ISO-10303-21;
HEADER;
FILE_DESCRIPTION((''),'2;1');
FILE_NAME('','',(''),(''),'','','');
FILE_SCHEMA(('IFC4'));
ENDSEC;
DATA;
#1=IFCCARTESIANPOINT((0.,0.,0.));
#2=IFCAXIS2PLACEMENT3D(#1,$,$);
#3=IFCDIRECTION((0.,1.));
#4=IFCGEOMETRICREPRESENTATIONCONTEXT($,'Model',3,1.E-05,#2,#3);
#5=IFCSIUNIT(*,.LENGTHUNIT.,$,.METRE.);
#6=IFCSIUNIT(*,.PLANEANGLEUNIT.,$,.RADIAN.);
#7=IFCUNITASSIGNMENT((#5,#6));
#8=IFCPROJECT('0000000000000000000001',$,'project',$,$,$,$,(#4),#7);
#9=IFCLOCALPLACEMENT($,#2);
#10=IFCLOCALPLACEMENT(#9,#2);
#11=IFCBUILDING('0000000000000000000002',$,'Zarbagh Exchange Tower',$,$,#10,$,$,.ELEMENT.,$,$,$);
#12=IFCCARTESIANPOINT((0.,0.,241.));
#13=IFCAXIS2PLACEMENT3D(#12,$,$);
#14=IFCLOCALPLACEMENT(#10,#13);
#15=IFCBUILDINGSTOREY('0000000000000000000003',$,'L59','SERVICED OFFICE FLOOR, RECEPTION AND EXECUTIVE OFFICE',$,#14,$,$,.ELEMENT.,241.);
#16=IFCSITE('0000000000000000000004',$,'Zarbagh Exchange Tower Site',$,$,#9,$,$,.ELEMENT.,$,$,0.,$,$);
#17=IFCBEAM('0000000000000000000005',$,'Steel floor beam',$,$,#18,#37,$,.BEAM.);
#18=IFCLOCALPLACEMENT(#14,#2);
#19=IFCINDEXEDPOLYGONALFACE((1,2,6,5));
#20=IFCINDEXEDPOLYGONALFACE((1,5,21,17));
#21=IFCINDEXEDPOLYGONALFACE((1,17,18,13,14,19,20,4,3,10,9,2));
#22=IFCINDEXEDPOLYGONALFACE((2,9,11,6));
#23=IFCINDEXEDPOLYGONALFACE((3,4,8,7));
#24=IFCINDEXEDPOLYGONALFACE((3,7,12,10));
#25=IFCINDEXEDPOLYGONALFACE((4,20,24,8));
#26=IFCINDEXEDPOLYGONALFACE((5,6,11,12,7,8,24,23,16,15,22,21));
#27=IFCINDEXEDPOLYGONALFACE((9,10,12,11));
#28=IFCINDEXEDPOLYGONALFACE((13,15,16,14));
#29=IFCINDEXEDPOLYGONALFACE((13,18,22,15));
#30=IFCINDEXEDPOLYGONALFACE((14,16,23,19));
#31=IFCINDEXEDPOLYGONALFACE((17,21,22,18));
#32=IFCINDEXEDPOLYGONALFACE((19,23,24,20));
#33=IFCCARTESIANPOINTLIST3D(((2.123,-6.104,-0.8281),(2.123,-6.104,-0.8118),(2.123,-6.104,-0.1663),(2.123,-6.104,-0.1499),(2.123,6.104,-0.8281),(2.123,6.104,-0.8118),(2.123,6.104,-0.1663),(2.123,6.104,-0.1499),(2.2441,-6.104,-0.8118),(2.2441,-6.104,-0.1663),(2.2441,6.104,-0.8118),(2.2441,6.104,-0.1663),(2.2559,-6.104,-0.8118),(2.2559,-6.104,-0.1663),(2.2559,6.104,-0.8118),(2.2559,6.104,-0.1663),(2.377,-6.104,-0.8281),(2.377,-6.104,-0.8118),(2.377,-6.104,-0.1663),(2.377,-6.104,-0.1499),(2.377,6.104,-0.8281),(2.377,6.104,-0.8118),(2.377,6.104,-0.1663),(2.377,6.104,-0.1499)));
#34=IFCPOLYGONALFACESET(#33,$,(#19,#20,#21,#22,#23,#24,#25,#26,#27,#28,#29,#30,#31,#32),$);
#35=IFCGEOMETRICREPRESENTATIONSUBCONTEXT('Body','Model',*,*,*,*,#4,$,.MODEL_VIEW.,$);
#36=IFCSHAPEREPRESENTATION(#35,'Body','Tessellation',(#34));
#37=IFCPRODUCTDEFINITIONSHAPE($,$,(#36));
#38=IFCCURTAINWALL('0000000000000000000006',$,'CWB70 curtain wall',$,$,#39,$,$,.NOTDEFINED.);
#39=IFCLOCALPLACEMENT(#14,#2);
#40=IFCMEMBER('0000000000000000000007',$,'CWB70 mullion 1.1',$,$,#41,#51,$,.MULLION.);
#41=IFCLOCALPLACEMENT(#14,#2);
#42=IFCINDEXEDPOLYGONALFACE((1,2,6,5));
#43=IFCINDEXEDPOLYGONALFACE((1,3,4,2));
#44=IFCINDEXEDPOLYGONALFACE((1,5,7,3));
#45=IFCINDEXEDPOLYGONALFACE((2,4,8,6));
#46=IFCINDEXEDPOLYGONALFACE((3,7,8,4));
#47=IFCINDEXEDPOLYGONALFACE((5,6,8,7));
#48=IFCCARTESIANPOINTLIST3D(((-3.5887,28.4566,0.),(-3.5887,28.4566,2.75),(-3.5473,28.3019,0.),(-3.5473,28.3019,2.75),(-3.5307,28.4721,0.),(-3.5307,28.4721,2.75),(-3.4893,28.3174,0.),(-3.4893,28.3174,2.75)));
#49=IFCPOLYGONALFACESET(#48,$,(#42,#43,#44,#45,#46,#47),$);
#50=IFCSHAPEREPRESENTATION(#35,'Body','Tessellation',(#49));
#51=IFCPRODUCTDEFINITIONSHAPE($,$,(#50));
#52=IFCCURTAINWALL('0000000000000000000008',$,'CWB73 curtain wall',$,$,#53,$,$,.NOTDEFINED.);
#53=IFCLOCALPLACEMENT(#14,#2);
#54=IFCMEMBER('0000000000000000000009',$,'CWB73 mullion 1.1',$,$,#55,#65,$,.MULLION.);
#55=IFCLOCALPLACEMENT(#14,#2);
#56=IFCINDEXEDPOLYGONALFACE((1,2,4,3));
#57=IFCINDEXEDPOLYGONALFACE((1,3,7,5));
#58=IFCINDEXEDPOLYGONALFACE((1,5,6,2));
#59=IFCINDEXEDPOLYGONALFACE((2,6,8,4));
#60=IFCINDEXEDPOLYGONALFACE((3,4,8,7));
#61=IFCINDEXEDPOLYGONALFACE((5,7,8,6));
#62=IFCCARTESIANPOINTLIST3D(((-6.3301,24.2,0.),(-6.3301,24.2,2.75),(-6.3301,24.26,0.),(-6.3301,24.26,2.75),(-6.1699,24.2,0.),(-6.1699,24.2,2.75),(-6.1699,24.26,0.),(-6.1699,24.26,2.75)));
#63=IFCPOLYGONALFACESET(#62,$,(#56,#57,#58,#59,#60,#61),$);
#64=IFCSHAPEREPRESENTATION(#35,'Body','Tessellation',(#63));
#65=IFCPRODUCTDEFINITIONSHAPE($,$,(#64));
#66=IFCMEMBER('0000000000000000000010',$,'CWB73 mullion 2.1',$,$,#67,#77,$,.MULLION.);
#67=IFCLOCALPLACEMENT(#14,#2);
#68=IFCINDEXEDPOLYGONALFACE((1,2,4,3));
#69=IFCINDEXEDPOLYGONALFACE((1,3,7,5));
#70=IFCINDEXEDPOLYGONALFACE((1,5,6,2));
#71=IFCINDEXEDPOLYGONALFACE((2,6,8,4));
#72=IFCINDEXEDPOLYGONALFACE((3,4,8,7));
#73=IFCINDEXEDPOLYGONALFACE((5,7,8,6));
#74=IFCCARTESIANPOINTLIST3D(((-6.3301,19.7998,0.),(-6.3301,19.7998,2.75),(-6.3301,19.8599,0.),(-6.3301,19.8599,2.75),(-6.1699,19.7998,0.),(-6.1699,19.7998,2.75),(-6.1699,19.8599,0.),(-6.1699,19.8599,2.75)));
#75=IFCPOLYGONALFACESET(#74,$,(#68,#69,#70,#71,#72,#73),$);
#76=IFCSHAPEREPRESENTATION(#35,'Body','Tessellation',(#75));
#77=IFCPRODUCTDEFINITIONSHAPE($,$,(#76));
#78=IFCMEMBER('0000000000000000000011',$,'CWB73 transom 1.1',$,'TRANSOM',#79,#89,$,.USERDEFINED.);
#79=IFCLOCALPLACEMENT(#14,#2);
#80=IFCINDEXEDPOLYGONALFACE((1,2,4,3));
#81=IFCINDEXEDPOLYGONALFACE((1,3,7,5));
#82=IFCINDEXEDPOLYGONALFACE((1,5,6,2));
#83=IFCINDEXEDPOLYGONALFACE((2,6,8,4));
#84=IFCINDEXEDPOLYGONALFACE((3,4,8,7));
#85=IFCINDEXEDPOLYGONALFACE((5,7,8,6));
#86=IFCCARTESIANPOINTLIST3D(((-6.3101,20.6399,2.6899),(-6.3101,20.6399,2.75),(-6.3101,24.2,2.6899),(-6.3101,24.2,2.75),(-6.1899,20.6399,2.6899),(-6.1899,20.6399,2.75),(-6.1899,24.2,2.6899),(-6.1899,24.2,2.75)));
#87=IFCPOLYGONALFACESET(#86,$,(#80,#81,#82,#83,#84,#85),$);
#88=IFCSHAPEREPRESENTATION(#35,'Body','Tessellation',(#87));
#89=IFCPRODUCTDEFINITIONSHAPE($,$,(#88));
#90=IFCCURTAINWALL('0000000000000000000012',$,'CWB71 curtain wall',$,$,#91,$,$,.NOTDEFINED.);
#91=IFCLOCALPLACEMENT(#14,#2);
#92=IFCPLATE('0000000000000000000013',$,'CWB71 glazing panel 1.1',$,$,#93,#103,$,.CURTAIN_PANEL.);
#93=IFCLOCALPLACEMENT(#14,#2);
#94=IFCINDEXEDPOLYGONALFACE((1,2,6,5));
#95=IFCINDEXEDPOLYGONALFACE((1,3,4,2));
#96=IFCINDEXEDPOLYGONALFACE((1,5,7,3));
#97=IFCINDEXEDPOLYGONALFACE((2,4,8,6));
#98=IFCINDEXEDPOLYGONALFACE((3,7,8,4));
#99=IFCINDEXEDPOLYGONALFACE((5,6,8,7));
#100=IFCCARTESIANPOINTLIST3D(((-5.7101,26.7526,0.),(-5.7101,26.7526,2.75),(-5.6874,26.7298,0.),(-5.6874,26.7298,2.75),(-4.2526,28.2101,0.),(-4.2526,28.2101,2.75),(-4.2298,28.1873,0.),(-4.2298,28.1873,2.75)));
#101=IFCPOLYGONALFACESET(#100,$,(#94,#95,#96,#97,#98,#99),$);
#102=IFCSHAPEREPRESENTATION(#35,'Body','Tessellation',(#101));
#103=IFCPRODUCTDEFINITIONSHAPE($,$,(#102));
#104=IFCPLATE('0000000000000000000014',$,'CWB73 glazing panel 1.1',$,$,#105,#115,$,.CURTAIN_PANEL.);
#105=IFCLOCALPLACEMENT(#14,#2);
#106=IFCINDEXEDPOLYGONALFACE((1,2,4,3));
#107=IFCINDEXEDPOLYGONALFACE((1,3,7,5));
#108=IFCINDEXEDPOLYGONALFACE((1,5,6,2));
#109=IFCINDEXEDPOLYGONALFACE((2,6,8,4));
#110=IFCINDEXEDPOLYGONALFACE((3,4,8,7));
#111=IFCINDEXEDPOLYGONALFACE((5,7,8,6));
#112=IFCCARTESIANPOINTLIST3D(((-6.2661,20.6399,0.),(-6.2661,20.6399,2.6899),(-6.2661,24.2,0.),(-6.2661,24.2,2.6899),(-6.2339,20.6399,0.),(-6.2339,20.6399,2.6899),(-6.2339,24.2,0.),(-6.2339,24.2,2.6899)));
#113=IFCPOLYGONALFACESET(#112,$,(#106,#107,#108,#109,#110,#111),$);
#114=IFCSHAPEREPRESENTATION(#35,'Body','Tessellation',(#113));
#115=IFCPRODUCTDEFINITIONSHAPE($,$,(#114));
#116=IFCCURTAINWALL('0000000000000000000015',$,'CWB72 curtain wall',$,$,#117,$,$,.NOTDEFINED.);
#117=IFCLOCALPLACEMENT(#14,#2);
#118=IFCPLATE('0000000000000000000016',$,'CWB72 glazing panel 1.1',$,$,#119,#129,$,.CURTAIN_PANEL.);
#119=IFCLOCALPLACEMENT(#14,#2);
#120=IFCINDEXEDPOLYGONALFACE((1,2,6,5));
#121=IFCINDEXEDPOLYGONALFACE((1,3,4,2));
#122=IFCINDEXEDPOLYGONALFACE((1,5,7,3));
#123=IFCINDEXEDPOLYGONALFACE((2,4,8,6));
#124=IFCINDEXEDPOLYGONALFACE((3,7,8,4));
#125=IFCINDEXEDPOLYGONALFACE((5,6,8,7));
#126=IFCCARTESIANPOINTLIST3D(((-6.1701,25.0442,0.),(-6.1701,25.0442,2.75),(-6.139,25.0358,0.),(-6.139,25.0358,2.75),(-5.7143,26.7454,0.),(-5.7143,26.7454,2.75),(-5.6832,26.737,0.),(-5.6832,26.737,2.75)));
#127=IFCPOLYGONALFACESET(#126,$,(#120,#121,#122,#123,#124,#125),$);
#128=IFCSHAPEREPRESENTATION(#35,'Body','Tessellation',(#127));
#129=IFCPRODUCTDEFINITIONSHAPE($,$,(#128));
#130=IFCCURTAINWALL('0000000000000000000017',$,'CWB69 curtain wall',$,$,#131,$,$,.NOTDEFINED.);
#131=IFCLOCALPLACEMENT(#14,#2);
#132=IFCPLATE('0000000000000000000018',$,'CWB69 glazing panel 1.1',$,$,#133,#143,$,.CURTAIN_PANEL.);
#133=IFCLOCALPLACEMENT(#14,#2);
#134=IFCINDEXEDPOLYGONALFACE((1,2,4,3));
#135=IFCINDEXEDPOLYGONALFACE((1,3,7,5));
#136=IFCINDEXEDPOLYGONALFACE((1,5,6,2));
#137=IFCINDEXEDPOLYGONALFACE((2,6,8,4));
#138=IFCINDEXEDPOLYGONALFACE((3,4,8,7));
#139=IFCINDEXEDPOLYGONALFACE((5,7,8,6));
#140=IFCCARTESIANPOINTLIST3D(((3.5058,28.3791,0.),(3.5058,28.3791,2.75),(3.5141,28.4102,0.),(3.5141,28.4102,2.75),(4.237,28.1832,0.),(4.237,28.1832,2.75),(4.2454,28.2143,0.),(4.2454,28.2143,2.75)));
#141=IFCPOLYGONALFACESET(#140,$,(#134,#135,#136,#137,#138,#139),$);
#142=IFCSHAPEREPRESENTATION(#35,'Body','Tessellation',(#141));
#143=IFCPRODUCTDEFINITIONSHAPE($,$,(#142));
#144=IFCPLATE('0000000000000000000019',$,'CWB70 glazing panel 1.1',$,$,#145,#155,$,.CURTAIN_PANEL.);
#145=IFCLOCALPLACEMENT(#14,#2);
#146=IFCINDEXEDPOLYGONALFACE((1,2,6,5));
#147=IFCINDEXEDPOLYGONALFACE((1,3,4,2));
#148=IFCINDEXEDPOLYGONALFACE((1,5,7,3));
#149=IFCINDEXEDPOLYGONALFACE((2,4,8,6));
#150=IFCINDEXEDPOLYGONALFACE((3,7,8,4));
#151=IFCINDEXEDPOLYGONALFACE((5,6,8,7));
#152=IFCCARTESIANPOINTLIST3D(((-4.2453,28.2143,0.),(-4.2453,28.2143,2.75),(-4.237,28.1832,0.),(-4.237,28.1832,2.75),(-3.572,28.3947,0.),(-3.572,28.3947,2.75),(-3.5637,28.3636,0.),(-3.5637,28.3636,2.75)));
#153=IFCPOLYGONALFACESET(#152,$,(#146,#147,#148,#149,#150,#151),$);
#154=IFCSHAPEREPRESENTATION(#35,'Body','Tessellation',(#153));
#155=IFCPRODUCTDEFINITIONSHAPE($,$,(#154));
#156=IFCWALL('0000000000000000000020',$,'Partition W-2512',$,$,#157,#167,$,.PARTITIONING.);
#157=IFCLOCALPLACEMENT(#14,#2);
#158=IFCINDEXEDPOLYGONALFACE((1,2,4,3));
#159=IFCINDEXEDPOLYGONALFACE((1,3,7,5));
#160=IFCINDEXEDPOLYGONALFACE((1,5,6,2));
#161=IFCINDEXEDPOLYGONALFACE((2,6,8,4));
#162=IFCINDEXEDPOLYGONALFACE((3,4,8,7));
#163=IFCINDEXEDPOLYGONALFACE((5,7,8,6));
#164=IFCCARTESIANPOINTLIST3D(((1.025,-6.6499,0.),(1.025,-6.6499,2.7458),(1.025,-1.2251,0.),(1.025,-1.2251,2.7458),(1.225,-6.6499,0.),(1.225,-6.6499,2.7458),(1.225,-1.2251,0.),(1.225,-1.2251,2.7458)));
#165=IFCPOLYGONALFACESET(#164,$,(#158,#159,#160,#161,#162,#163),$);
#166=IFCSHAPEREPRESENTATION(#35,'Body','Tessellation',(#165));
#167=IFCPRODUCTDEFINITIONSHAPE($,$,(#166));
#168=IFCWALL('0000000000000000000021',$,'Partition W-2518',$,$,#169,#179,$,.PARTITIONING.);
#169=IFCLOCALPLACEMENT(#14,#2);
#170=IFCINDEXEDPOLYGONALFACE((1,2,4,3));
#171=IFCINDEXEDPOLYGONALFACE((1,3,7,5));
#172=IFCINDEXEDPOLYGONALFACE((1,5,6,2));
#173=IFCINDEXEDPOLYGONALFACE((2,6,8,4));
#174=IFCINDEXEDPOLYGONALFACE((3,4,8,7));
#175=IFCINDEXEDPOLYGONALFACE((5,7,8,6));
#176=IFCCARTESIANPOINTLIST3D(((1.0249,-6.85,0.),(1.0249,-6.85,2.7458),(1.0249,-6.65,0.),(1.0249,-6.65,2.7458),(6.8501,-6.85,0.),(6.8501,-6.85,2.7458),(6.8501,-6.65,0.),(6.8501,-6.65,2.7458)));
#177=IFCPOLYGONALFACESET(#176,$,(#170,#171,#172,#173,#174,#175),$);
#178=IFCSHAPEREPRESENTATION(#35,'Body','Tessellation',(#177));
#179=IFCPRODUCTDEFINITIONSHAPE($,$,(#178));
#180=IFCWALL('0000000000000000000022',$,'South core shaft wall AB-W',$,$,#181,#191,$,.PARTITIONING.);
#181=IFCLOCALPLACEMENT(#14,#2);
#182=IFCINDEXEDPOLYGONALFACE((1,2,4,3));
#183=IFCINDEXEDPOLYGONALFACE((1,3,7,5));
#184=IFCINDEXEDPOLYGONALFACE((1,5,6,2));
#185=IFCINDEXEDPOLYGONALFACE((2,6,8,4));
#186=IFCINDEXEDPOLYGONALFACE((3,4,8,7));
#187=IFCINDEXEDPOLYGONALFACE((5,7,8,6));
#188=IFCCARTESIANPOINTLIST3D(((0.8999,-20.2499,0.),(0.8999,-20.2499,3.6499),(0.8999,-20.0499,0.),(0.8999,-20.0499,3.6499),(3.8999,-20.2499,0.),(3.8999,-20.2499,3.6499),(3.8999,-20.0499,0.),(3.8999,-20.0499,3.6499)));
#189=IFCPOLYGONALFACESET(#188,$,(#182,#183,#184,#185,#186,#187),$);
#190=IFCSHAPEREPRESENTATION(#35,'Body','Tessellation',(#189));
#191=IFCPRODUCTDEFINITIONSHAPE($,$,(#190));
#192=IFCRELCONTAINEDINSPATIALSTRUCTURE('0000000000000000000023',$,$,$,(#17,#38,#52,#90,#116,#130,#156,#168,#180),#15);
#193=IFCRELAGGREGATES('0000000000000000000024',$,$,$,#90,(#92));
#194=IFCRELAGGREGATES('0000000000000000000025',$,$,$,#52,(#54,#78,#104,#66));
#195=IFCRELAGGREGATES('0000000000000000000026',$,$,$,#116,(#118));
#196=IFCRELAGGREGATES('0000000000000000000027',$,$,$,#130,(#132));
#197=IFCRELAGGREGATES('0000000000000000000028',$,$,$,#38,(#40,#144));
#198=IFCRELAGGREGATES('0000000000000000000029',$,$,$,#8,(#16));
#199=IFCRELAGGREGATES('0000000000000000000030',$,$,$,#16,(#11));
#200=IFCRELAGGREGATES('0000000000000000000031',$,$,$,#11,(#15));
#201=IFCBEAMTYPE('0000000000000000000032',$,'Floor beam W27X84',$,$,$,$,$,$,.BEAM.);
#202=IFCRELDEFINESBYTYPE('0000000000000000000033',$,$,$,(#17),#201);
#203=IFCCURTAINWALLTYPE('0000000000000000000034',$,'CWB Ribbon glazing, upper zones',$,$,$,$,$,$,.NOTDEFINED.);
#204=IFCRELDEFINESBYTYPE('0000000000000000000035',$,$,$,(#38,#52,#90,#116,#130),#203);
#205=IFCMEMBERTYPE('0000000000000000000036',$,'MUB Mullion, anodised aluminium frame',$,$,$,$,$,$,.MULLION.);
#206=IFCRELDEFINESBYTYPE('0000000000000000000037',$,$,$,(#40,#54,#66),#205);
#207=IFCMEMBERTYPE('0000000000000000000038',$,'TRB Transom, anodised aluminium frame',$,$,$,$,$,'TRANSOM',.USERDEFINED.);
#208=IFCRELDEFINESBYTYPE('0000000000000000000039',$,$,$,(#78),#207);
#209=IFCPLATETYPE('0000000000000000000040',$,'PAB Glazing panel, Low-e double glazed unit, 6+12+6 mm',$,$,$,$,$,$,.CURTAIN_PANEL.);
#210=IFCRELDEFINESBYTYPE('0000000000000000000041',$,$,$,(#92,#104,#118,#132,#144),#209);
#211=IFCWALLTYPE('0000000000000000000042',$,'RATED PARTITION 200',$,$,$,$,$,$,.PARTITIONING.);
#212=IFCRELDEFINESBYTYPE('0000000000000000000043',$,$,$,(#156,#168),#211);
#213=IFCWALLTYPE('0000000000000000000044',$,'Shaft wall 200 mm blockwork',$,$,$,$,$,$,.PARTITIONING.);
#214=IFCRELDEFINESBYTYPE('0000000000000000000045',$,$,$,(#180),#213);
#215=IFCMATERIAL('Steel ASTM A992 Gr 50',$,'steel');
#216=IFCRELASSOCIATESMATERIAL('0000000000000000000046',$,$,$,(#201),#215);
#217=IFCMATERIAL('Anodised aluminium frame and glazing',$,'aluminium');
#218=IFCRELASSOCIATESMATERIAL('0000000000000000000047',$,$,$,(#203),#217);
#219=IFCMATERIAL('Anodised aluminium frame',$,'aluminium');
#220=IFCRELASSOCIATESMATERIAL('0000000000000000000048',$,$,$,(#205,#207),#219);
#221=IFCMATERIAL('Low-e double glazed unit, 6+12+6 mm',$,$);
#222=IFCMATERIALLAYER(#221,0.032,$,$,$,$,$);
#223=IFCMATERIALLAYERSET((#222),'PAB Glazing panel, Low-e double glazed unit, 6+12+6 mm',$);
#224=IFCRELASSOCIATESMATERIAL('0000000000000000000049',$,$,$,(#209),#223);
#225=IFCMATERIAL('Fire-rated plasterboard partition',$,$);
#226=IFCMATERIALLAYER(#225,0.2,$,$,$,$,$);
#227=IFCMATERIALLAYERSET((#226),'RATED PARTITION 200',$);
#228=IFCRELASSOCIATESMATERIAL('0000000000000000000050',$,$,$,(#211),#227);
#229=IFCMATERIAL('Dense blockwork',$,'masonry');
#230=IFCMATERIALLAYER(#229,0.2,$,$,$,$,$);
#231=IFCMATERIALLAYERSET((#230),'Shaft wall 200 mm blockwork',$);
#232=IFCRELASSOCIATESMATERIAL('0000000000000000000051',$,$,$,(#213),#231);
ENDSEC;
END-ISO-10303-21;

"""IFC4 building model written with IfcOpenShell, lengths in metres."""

from ifc_helpers import new_model, si_unit, direction, frame, frame_2d, origin, origin_2d, place, context, subcontext, project, spatial, polyline, rectangle, i_section, outline, extrude, source, transform, mapped, material, layer, layer_set, material_profile, profile_set, type_object, element, aggregate, save


model = new_model("IFC4")

# Units and contexts
model_context = context("Model", 3, precision=1e-05, world=origin(), true_north=direction((0.0, 1.0)))
body_context = subcontext(model_context, "Body", "Model", "MODEL_VIEW")
ifc_project = project(units=[si_unit("LENGTHUNIT", "METRE"), si_unit("PLANEANGLEUNIT", "RADIAN")], contexts=[model_context])

# Site, building, storey
site_placement = place(None, origin())
site = spatial("IfcSite", under=ifc_project, at=site_placement, Name="Zarbagh Exchange Tower Site", CompositionType="ELEMENT", RefElevation=0.0)
building_placement = place(site_placement, origin())
building = spatial("IfcBuilding", under=site, at=building_placement, Name="Zarbagh Exchange Tower", CompositionType="ELEMENT")
storey_placement = place(building_placement, frame((0.0, 0.0, 241.0)))
storey = spatial("IfcBuildingStorey", under=building, at=storey_placement, Name="L59", Description="SERVICED OFFICE FLOOR, RECEPTION AND EXECUTIVE OFFICE", CompositionType="ELEMENT", Elevation=241.0)

# Beam
ifc_material_1 = material(Name="Steel ASTM A992 Gr 50", Category="steel")
ifc_material_profile = material_profile(ifc_material_1, i_section(OverallWidth=0.2539, OverallDepth=0.6782, WebThickness=0.0117, FlangeThickness=0.0164, at=origin_2d()), Name="W27X84")
ifc_profile_set = profile_set([ifc_material_profile], Name="Steel ASTM A992 Gr 50")
beam_type = type_object("IfcBeamType", Name="Floor beam W27X84", PredefinedType="BEAM", material=ifc_profile_set)
beam_placement = place(storey_placement, frame((2.25, -6.104, -0.489), z_axis=(0.0, 1.0, 0.0), x_axis=(-1.0, 0.0, 0.0)))
element("IfcBeam", 1, at=beam_placement, inside=storey, type_object=beam_type, Name="Steel floor beam", PredefinedType="BEAM", context=body_context, shape_type="SweptSolid", body=[
    extrude(i_section(OverallWidth=0.2539, OverallDepth=0.6782, WebThickness=0.0117, FlangeThickness=0.0164, at=origin_2d()), origin(), (0.0, 0.0, 1.0), 12.208),
])

# Curtain wall, member
ifc_material_2 = material(Name="Anodised aluminium frame and glazing", Category="aluminium")
curtain_wall_type = type_object("IfcCurtainWallType", Name="CWB Ribbon glazing, upper zones", PredefinedType="NOTDEFINED", material=ifc_material_2)
curtain_wall_1_placement = place(storey_placement, origin())
curtain_wall_1 = element("IfcCurtainWall", 2, at=curtain_wall_1_placement, inside=storey, type_object=curtain_wall_type, Name="CWB70 curtain wall", PredefinedType="NOTDEFINED")
ifc_material_3 = material(Name="Anodised aluminium frame", Category="aluminium")
member_type_1 = type_object("IfcMemberType", Name="MUB Mullion, anodised aluminium frame", PredefinedType="MULLION", material=ifc_material_3)
shared_shape_1 = source(origin(), body_context, "Body", "SweptSolid", [
    extrude(outline(polyline([(0.0, -0.0801), (0.0601, -0.0801), (0.0601, 0.0801), (0.0, 0.0801), (0.0, -0.0801)])), origin(), (0.0, 0.0, 1.0), 2.75),
])
placement = place(storey_placement, origin())
member_1 = element("IfcMember", 3, at=placement, type_object=member_type_1, Name="CWB70 mullion 1.1", PredefinedType="MULLION", context=body_context, shape_type="MappedRepresentation", body=[
    mapped(shared_shape_1, transform((-3.51, 28.3948, 0.0), x_axis=(-0.965924, -0.258825, 0.0), y_axis=(0.258825, -0.965924, 0.0), z_axis=(0.0, 0.0, 1.0))),
])

# Curtain wall, members
curtain_wall_2_placement = place(storey_placement, origin())
curtain_wall_2 = element("IfcCurtainWall", 4, at=curtain_wall_2_placement, inside=storey, type_object=curtain_wall_type, Name="CWB73 curtain wall", PredefinedType="NOTDEFINED")
member_2 = element("IfcMember", 5, at=placement, type_object=member_type_1, Name="CWB73 mullion 1.1", PredefinedType="MULLION", context=body_context, shape_type="MappedRepresentation", body=[
    mapped(shared_shape_1, transform((-6.25, 24.26, 0.0), x_axis=(0.0, -1.0, 0.0), y_axis=(1.0, 0.0, 0.0), z_axis=(0.0, 0.0, 1.0))),
])
member_3 = element("IfcMember", 6, at=placement, type_object=member_type_1, Name="CWB73 mullion 2.1", PredefinedType="MULLION", context=body_context, shape_type="MappedRepresentation", body=[
    mapped(shared_shape_1, transform((-6.25, 19.8599, 0.0), x_axis=(0.0, -1.0, 0.0), y_axis=(1.0, 0.0, 0.0), z_axis=(0.0, 0.0, 1.0))),
])
member_type_2 = type_object("IfcMemberType", Name="TRB Transom, anodised aluminium frame", ElementType="TRANSOM", PredefinedType="USERDEFINED", material=ifc_material_3)
shared_shape_2 = source(origin(), body_context, "Body", "SweptSolid", [
    extrude(outline(polyline([(-0.0601, -0.0601), (0.0, -0.0601), (0.0, 0.0601), (-0.0601, 0.0601), (-0.0601, -0.0601)])), origin(), (0.0, 0.0, 1.0), 3.5601),
])
member_4 = element("IfcMember", 7, at=placement, type_object=member_type_2, Name="CWB73 transom 1.1", ObjectType="TRANSOM", PredefinedType="USERDEFINED", context=body_context, shape_type="MappedRepresentation", body=[
    mapped(shared_shape_2, transform((-6.25, 24.2, 2.75), x_axis=(0.0, 0.0, 1.0), y_axis=(-1.0, 0.0, 0.0), z_axis=(0.0, -1.0, 0.0))),
])

# Curtain wall, plate
curtain_wall_3_placement = place(storey_placement, origin())
curtain_wall_3 = element("IfcCurtainWall", 8, at=curtain_wall_3_placement, inside=storey, type_object=curtain_wall_type, Name="CWB71 curtain wall", PredefinedType="NOTDEFINED")
ifc_material_4 = material(Name="Low-e double glazed unit, 6+12+6 mm")
ifc_layer_1 = layer(ifc_material_4, 0.032)
ifc_layer_set_1 = layer_set([ifc_layer_1], Name="PAB Glazing panel, Low-e double glazed unit, 6+12+6 mm")
plate_type = type_object("IfcPlateType", Name="PAB Glazing panel, Low-e double glazed unit, 6+12+6 mm", PredefinedType="CURTAIN_PANEL", material=ifc_layer_set_1)
shared_shape_3 = source(origin(), body_context, "Body", "SweptSolid", [
    extrude(outline(polyline([(0.0, -0.0161), (2.0613, -0.0161), (2.0613, 0.0161), (0.0, 0.0161), (0.0, -0.0161)])), origin(), (0.0, 0.0, 1.0), 2.75),
])
plate_1 = element("IfcPlate", 9, at=placement, type_object=plate_type, Name="CWB71 glazing panel 1.1", PredefinedType="CURTAIN_PANEL", context=body_context, shape_type="MappedRepresentation", body=[
    mapped(shared_shape_3, transform((-4.2412, 28.1987, 0.0), x_axis=(-0.707107, -0.707107, 0.0), y_axis=(0.707107, -0.707107, 0.0), z_axis=(0.0, 0.0, 1.0))),
])
aggregate(curtain_wall_3, [plate_1])

# Plate
shared_shape_4 = source(origin(), body_context, "Body", "SweptSolid", [
    extrude(outline(polyline([(0.0, -0.0161), (3.5601, -0.0161), (3.5601, 0.0161), (0.0, 0.0161), (0.0, -0.0161)])), origin(), (0.0, 0.0, 1.0), 2.6899),
])
plate_2 = element("IfcPlate", 10, at=placement, type_object=plate_type, Name="CWB73 glazing panel 1.1", PredefinedType="CURTAIN_PANEL", context=body_context, shape_type="MappedRepresentation", body=[
    mapped(shared_shape_4, transform((-6.25, 24.2, 0.0), x_axis=(0.0, -1.0, 0.0), y_axis=(1.0, 0.0, 0.0), z_axis=(0.0, 0.0, 1.0))),
])
aggregate(curtain_wall_2, [member_2, member_4, plate_2, member_3])

# Curtain walls, plates
curtain_wall_4_placement = place(storey_placement, origin())
curtain_wall_4 = element("IfcCurtainWall", 11, at=curtain_wall_4_placement, inside=storey, type_object=curtain_wall_type, Name="CWB72 curtain wall", PredefinedType="NOTDEFINED")
shared_shape_5 = source(origin(), body_context, "Body", "SweptSolid", [
    extrude(outline(polyline([(0.0, -0.0161), (1.7612, -0.0161), (1.7612, 0.0161), (0.0, 0.0161), (0.0, -0.0161)])), origin(), (0.0, 0.0, 1.0), 2.75),
])
plate_3 = element("IfcPlate", 12, at=placement, type_object=plate_type, Name="CWB72 glazing panel 1.1", PredefinedType="CURTAIN_PANEL", context=body_context, shape_type="MappedRepresentation", body=[
    mapped(shared_shape_5, transform((-5.6987, 26.7412, 0.0), x_axis=(-0.258825, -0.965924, 0.0), y_axis=(0.965924, -0.258825, 0.0), z_axis=(0.0, 0.0, 1.0))),
])
aggregate(curtain_wall_4, [plate_3])
curtain_wall_5_placement = place(storey_placement, origin())
curtain_wall_5 = element("IfcCurtainWall", 13, at=curtain_wall_5_placement, inside=storey, type_object=curtain_wall_type, Name="CWB69 curtain wall", PredefinedType="NOTDEFINED")
shared_shape_6 = source(origin(), body_context, "Body", "SweptSolid", [
    extrude(outline(polyline([(0.0, -0.0161), (0.7571, -0.0161), (0.7571, 0.0161), (0.0, 0.0161), (0.0, -0.0161)])), origin(), (0.0, 0.0, 1.0), 2.75),
])
plate_4 = element("IfcPlate", 14, at=placement, type_object=plate_type, Name="CWB69 glazing panel 1.1", PredefinedType="CURTAIN_PANEL", context=body_context, shape_type="MappedRepresentation", body=[
    mapped(shared_shape_6, transform((4.2412, 28.1987, 0.0), x_axis=(-0.965924, 0.258825, 0.0), y_axis=(-0.258825, -0.965924, 0.0), z_axis=(0.0, 0.0, 1.0))),
])
aggregate(curtain_wall_5, [plate_4])

# Plate
shared_shape_7 = source(origin(), body_context, "Body", "SweptSolid", [
    extrude(outline(polyline([(0.0, -0.0161), (0.697, -0.0161), (0.697, 0.0161), (0.0, 0.0161), (0.0, -0.0161)])), origin(), (0.0, 0.0, 1.0), 2.75),
])
plate_5 = element("IfcPlate", 15, at=placement, type_object=plate_type, Name="CWB70 glazing panel 1.1", PredefinedType="CURTAIN_PANEL", context=body_context, shape_type="MappedRepresentation", body=[
    mapped(shared_shape_7, transform((-3.5679, 28.3792, 0.0), x_axis=(-0.965924, -0.258825, 0.0), y_axis=(0.258825, -0.965924, 0.0), z_axis=(0.0, 0.0, 1.0))),
])
aggregate(curtain_wall_1, [member_1, plate_5])

# Walls
ifc_material_5 = material(Name="Fire-rated plasterboard partition")
ifc_layer_2 = layer(ifc_material_5, 0.2)
ifc_layer_set_2 = layer_set([ifc_layer_2], Name="RATED PARTITION 200")
wall_type_1 = type_object("IfcWallType", Name="RATED PARTITION 200", PredefinedType="PARTITIONING", material=ifc_layer_set_2)
wall_1_placement = place(storey_placement, frame((1.125, -6.6499, 0.0), z_axis=(0.0, 0.0, 1.0), x_axis=(0.0, 1.0, 0.0)))
element("IfcWall", 16, at=wall_1_placement, inside=storey, type_object=wall_type_1, Name="Partition W-2512", PredefinedType="PARTITIONING", context=body_context, shape_type="SweptSolid", body=[
    extrude(rectangle(XDim=5.4248, YDim=0.2, at=frame_2d((2.7124, 0.0))), origin(), (0.0, 0.0, 1.0), 2.7458),
])
wall_2_placement = place(storey_placement, frame((1.0249, -6.75, 0.0), z_axis=(0.0, 0.0, 1.0), x_axis=(1.0, 0.0, 0.0)))
element("IfcWall", 17, at=wall_2_placement, inside=storey, type_object=wall_type_1, Name="Partition W-2518", PredefinedType="PARTITIONING", context=body_context, shape_type="SweptSolid", body=[
    extrude(rectangle(XDim=5.8252, YDim=0.2, at=frame_2d((2.9126, 0.0))), origin(), (0.0, 0.0, 1.0), 2.7458),
])
ifc_material_6 = material(Name="Dense blockwork", Category="masonry")
ifc_layer_3 = layer(ifc_material_6, 0.2)
ifc_layer_set_3 = layer_set([ifc_layer_3], Name="Shaft wall 200 mm blockwork")
wall_type_2 = type_object("IfcWallType", Name="Shaft wall 200 mm blockwork", PredefinedType="PARTITIONING", material=ifc_layer_set_3)
wall_3_placement = place(storey_placement, frame((3.8999, -20.1499, 0.0), z_axis=(0.0, 0.0, 1.0), x_axis=(-1.0, 0.0, 0.0)))
element("IfcWall", 18, at=wall_3_placement, inside=storey, type_object=wall_type_2, Name="South core shaft wall AB-W", PredefinedType="PARTITIONING", context=body_context, shape_type="SweptSolid", body=[
    extrude(rectangle(XDim=3.0, YDim=0.2, at=frame_2d((1.5, 0.0))), origin(), (0.0, 0.0, 1.0), 3.6499),
])

save(model, "model.ifc")
